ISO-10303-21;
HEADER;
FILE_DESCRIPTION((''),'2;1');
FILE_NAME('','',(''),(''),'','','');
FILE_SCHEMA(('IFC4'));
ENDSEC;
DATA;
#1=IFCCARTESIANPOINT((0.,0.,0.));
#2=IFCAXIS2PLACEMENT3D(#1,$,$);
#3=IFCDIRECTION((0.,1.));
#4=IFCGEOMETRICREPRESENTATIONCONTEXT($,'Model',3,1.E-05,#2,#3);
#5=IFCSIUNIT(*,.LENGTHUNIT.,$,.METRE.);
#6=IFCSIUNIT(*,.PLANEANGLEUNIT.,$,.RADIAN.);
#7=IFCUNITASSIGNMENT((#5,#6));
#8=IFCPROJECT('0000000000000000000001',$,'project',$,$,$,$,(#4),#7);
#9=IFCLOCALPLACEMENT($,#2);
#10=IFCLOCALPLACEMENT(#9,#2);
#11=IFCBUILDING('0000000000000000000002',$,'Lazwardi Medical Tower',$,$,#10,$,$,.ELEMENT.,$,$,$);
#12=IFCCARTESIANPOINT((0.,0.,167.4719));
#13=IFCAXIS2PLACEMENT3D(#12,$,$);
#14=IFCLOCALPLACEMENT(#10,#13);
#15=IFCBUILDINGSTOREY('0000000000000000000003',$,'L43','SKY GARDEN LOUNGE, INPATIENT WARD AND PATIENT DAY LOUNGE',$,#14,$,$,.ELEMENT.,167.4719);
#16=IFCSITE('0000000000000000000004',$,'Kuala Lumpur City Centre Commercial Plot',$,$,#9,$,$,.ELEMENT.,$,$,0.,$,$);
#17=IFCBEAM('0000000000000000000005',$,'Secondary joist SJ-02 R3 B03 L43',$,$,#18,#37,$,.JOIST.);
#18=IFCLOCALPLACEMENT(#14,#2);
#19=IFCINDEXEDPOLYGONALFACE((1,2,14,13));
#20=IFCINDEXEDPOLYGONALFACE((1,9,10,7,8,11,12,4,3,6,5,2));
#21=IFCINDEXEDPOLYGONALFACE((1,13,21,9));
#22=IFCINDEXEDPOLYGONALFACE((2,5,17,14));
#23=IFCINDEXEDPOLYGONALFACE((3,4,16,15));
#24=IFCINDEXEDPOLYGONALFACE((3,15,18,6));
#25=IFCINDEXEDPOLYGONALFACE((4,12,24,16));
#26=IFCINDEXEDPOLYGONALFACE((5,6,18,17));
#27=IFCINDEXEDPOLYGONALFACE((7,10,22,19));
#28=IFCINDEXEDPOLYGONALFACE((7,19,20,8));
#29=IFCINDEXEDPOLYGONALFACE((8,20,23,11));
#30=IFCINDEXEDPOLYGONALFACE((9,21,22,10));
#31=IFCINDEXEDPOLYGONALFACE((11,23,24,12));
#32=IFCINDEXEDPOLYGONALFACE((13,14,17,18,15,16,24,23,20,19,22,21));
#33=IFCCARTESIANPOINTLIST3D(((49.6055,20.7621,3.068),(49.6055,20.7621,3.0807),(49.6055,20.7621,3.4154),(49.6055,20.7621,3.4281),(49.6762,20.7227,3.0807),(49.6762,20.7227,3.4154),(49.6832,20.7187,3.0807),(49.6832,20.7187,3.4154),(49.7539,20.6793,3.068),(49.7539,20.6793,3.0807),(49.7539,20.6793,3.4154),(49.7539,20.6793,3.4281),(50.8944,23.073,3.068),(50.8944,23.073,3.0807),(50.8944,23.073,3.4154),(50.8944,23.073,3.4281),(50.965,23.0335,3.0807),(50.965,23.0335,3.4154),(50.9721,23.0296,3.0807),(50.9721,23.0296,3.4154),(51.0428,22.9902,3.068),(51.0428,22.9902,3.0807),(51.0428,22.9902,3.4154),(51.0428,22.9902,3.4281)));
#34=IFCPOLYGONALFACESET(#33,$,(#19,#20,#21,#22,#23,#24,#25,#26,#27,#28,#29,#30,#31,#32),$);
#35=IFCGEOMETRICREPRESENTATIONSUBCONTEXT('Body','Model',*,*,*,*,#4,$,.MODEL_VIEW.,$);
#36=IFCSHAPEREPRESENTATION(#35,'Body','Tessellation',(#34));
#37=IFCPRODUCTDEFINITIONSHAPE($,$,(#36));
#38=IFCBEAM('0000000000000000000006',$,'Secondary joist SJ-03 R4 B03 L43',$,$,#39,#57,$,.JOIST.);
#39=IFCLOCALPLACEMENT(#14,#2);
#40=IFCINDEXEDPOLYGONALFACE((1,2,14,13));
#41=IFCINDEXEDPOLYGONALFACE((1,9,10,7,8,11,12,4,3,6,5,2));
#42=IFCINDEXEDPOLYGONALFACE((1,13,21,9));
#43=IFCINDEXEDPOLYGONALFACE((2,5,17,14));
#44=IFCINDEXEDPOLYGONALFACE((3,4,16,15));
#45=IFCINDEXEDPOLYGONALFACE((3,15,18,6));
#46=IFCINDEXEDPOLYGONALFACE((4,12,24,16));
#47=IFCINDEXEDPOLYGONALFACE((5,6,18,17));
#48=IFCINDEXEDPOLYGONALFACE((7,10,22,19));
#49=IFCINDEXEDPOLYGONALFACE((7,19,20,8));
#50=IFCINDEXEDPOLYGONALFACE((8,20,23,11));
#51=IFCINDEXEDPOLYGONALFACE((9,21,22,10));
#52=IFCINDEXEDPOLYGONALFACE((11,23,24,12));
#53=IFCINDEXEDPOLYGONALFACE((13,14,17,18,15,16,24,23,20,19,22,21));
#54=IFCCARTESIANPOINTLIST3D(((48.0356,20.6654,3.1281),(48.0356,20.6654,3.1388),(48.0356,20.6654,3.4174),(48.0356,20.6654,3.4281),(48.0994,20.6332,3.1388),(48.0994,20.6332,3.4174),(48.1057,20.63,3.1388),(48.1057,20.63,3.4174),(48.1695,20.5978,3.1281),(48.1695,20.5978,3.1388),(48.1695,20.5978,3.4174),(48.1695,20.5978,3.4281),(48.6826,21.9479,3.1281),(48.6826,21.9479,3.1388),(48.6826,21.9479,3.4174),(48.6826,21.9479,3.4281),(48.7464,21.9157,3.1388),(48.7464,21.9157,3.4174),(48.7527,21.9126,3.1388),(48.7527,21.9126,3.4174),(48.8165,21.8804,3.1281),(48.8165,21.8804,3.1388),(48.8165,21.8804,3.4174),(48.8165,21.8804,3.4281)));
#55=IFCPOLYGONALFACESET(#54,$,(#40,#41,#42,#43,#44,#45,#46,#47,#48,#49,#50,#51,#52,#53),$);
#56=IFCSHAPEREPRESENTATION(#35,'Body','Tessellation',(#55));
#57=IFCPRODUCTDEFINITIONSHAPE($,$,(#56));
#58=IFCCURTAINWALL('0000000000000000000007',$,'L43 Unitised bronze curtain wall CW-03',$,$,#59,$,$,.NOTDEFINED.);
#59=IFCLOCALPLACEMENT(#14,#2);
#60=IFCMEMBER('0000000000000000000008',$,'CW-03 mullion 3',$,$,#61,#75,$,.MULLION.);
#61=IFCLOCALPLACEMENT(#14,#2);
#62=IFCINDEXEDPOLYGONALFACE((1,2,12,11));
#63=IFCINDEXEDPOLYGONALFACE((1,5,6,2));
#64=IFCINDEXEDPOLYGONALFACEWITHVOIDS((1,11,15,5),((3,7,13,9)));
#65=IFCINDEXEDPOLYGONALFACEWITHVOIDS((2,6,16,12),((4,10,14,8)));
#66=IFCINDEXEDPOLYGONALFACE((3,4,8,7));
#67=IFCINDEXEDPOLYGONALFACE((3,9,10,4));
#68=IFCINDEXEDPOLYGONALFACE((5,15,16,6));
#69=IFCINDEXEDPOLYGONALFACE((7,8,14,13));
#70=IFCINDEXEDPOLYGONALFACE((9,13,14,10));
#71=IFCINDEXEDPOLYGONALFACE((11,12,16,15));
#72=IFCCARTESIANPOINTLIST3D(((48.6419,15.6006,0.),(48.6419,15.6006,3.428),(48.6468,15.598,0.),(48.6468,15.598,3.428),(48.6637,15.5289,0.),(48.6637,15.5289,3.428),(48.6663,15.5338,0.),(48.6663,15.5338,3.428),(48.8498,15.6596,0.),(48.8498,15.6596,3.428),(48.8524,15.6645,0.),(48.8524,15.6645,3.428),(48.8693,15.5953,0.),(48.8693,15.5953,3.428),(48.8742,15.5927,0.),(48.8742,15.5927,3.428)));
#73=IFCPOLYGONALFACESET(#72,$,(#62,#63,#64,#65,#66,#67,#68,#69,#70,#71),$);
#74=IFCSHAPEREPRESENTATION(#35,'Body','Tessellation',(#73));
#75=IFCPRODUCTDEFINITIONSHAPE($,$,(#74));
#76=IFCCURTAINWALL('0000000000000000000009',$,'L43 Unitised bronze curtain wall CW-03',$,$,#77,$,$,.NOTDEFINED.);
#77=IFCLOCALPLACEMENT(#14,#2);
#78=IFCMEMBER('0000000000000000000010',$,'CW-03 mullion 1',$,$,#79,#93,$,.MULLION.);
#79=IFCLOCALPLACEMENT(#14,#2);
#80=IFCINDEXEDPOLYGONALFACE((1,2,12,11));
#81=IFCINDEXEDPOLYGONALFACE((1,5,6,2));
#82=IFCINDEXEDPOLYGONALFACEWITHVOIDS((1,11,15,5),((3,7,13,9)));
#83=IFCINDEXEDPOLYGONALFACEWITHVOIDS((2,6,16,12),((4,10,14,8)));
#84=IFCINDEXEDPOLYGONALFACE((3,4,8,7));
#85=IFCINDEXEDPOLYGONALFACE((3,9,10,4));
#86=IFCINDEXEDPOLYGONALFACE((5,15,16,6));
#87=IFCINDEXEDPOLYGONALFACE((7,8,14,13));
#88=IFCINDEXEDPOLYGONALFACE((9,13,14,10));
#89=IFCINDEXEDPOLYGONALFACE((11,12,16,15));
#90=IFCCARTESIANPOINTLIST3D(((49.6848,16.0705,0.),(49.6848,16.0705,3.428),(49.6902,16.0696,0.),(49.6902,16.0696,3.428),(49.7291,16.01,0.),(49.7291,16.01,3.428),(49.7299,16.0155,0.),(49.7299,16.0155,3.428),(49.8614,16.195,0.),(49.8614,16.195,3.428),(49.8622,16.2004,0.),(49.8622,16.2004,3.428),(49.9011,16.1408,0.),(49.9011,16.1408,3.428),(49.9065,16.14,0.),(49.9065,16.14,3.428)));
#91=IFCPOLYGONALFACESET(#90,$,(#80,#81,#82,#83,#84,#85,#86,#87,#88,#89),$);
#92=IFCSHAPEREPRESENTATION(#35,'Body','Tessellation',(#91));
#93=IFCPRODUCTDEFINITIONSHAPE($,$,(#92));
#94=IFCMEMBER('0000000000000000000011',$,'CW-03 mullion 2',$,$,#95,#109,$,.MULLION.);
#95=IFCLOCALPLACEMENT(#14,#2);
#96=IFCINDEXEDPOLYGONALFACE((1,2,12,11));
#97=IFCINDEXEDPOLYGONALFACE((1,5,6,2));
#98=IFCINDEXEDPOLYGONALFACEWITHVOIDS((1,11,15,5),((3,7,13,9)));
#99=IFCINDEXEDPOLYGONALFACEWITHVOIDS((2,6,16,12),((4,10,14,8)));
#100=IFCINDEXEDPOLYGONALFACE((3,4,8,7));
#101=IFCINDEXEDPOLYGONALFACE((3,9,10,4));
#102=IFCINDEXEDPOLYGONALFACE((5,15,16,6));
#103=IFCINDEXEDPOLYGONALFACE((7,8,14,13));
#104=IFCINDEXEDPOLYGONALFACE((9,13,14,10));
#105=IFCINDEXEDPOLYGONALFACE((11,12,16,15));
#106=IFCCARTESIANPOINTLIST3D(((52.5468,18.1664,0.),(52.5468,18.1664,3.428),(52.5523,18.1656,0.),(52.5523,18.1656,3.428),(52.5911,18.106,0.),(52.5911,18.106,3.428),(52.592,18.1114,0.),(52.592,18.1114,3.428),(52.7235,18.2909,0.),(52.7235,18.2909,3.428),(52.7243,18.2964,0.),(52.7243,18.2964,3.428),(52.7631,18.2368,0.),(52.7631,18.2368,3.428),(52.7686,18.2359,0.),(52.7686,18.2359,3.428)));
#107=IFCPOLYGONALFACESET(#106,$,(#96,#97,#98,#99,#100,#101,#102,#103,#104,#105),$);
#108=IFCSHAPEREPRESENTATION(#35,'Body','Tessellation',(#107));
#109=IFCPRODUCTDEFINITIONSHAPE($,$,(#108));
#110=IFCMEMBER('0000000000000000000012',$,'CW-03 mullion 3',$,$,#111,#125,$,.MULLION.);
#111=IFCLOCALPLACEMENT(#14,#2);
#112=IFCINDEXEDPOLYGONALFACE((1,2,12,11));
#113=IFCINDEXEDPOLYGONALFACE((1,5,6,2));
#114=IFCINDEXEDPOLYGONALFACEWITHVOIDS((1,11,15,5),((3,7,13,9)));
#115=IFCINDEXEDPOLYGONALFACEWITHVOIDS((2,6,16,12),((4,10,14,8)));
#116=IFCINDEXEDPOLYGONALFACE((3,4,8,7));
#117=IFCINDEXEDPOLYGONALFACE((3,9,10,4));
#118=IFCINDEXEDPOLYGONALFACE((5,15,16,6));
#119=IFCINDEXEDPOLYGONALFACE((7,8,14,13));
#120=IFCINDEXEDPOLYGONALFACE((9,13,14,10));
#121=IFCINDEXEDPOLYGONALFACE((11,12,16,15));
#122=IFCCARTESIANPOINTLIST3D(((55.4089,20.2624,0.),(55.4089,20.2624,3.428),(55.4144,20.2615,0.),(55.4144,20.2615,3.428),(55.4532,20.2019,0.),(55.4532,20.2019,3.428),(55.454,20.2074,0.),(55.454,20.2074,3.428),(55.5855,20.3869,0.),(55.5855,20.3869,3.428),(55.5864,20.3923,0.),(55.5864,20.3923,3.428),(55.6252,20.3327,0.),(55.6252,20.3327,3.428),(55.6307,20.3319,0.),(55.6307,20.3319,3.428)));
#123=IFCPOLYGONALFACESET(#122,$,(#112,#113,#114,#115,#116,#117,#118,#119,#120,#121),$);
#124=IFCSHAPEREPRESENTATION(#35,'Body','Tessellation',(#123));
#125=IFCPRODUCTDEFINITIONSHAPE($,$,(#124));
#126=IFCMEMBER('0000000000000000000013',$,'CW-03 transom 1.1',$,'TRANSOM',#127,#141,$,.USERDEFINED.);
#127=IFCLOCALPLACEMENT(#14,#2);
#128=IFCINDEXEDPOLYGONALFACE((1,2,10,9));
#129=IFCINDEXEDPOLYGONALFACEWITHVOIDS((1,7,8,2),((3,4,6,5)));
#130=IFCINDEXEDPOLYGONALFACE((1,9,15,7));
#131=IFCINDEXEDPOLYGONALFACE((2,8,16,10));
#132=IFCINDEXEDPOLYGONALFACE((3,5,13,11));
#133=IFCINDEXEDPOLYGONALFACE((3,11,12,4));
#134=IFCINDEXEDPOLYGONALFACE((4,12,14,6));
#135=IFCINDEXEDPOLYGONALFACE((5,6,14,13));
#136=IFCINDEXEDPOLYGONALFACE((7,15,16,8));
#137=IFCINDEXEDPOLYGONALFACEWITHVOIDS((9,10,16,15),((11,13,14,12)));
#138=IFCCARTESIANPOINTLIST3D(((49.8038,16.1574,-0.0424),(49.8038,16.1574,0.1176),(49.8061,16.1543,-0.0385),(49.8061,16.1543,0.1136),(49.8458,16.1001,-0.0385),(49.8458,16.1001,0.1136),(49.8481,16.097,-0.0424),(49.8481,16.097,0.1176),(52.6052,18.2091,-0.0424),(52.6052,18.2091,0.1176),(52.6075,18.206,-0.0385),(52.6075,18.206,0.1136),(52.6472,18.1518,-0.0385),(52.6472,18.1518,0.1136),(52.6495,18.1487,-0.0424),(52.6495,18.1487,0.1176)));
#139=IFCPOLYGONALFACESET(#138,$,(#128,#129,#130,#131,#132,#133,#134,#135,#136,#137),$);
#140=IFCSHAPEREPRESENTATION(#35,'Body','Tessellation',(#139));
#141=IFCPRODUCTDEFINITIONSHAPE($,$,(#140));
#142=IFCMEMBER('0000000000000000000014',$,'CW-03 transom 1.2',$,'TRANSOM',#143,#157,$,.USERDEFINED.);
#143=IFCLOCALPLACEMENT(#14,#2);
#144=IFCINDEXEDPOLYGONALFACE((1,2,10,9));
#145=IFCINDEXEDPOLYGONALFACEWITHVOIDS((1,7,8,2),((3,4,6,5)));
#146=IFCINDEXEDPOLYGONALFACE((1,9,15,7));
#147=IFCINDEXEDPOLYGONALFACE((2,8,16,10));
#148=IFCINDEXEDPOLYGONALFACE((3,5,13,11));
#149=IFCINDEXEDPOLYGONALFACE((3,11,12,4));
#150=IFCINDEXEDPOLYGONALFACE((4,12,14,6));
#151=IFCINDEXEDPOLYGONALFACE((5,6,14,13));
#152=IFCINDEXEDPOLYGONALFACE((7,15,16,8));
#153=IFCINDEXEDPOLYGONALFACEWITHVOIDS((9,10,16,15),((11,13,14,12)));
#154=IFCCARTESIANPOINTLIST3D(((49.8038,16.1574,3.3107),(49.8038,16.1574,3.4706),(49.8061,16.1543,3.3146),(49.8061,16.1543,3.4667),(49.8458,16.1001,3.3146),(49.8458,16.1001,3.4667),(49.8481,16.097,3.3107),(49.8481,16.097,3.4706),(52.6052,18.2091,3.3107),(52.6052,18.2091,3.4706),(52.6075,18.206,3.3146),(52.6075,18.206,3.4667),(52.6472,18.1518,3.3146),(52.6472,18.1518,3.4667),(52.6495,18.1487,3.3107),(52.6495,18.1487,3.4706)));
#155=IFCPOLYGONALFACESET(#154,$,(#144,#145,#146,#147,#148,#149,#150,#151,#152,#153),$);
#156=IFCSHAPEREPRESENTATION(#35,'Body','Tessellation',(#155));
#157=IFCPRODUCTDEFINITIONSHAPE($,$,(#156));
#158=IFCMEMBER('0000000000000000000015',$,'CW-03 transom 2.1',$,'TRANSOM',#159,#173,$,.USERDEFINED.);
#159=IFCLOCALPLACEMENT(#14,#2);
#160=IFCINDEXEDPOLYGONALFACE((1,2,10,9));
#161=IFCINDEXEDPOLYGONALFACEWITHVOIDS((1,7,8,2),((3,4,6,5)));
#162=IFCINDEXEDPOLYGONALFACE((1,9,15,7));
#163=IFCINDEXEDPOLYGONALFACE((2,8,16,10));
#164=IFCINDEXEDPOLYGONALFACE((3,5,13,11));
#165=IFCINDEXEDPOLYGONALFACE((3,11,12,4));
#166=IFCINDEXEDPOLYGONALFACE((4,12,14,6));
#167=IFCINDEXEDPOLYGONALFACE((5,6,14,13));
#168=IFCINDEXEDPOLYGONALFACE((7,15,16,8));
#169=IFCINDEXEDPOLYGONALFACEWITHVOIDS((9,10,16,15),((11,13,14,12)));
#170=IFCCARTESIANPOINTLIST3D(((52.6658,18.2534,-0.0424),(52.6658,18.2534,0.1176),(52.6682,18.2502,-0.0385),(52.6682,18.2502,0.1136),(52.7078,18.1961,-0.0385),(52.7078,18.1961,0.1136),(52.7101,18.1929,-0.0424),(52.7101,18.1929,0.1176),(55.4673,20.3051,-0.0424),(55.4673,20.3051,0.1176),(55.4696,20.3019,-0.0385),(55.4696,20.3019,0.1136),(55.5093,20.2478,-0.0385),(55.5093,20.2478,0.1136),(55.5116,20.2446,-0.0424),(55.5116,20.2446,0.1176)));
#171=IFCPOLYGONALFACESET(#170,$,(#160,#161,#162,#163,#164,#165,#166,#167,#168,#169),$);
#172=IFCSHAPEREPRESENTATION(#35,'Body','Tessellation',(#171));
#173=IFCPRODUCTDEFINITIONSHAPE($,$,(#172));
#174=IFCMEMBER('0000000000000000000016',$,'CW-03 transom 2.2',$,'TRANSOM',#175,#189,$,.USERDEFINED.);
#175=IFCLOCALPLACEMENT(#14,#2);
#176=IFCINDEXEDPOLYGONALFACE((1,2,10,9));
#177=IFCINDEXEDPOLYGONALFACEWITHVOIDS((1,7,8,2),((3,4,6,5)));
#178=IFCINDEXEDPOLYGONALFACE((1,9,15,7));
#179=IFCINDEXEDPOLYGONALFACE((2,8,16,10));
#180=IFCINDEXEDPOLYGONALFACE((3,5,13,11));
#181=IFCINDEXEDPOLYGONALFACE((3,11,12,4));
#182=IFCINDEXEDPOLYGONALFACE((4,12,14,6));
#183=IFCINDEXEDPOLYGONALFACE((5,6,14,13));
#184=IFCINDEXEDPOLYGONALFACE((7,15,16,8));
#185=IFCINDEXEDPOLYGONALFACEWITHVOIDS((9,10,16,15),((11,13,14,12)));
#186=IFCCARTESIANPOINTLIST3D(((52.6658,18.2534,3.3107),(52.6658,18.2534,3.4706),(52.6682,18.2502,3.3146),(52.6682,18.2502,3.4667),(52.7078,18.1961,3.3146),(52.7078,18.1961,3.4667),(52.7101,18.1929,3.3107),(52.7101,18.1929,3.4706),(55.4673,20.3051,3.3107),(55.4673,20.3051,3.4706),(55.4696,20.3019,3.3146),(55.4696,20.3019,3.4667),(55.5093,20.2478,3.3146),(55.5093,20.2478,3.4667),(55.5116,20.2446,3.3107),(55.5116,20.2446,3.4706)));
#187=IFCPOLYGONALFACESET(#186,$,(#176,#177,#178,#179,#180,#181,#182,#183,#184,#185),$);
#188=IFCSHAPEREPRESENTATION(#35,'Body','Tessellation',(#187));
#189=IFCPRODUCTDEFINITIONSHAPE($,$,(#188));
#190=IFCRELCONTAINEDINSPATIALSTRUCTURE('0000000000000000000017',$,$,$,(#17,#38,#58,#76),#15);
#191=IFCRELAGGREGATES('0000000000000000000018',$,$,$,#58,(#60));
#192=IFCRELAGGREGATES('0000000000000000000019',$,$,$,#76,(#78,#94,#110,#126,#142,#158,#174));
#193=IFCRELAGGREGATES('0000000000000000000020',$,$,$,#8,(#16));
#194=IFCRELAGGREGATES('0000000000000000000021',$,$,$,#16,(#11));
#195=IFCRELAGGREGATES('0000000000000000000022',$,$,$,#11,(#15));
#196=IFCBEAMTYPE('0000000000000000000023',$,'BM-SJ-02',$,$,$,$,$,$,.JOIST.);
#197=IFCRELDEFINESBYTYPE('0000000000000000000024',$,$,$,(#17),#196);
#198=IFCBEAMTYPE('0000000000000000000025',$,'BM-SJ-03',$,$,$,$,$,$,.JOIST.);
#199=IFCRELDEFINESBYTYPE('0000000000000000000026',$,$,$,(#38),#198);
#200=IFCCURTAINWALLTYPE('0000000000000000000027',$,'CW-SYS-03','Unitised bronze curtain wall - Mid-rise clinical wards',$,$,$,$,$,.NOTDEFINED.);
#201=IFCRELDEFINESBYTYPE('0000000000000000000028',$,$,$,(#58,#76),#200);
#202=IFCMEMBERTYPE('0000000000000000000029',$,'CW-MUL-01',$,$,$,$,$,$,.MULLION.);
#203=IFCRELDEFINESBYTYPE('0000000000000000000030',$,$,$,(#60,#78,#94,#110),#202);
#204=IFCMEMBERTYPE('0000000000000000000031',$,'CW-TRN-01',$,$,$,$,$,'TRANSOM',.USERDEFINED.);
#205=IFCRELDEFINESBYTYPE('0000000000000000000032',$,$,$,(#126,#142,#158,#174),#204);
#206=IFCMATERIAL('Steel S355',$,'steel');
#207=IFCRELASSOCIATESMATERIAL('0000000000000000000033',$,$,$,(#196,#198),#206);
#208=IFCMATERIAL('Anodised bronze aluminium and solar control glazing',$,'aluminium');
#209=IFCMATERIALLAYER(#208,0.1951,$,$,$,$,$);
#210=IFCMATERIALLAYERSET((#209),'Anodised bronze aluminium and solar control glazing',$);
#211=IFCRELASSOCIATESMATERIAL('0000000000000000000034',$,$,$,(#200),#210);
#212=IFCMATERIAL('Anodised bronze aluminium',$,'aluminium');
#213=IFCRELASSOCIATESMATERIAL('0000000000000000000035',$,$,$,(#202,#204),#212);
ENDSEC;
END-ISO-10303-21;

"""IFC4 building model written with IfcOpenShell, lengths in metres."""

from ifc_helpers import new_model, si_unit, direction, frame, origin, origin_2d, place, context, subcontext, project, spatial, hollow_rectangle, i_section, extrude, material, layer, layer_set, material_profile, profile_set, type_object, element, aggregate, save


model = new_model("IFC4")

# Units and contexts
model_context = context("Model", 3, precision=1e-05, world=origin(), true_north=direction((0.0, 1.0)))
body_context = subcontext(model_context, "Body", "Model", "MODEL_VIEW")
ifc_project = project(units=[si_unit("LENGTHUNIT", "METRE"), si_unit("PLANEANGLEUNIT", "RADIAN")], contexts=[model_context])

# Site, building, storey
site_placement = place(None, origin())
site = spatial("IfcSite", under=ifc_project, at=site_placement, Name="Kuala Lumpur City Centre Commercial Plot", CompositionType="ELEMENT", RefElevation=0.0)
building_placement = place(site_placement, origin())
building = spatial("IfcBuilding", under=site, at=building_placement, Name="Lazwardi Medical Tower", CompositionType="ELEMENT")
storey_placement = place(building_placement, frame((0.0, 0.0, 167.4719)))
storey = spatial("IfcBuildingStorey", under=building, at=storey_placement, Name="L43", Description="SKY GARDEN LOUNGE, INPATIENT WARD AND PATIENT DAY LOUNGE", CompositionType="ELEMENT", Elevation=167.4719)

# Beams
ifc_material_1 = material(Name="Steel S355", Category="steel")
ifc_material_profile_1 = material_profile(ifc_material_1, i_section(OverallWidth=0.1699, OverallDepth=0.3601, WebThickness=0.0081, FlangeThickness=0.0127, at=origin_2d()), Name="IPE 360")
ifc_profile_set_1 = profile_set([ifc_material_profile_1], Name="Steel S355")
beam_type_1 = type_object("IfcBeamType", Name="BM-SJ-02", PredefinedType="JOIST", material=ifc_profile_set_1)
beam_1_placement = place(storey_placement, frame((49.6797, 20.7207, 3.248), z_axis=(0.487099, 0.873347, 0.0), x_axis=(-0.873347, 0.487099, 0.0)))
element("IfcBeam", 1, at=beam_1_placement, inside=storey, type_object=beam_type_1, Name="Secondary joist SJ-02 R3 B03 L43", PredefinedType="JOIST", context=body_context, shape_type="SweptSolid", body=[
    extrude(i_section(OverallWidth=0.1699, OverallDepth=0.3601, WebThickness=0.0081, FlangeThickness=0.0127, at=origin_2d()), origin(), (0.0, 0.0, 1.0), 2.646),
])
ifc_material_profile_2 = material_profile(ifc_material_1, i_section(OverallWidth=0.1499, OverallDepth=0.3, WebThickness=0.0071, FlangeThickness=0.0107, at=origin_2d()), Name="IPE 300")
ifc_profile_set_2 = profile_set([ifc_material_profile_2], Name="Steel S355")
beam_type_2 = type_object("IfcBeamType", Name="BM-SJ-03", PredefinedType="JOIST", material=ifc_profile_set_2)
beam_2_placement = place(storey_placement, frame((48.1025, 20.6316, 3.2781), z_axis=(0.450406, 0.892824, 0.0), x_axis=(-0.892824, 0.450406, 0.0)))
element("IfcBeam", 2, at=beam_2_placement, inside=storey, type_object=beam_type_2, Name="Secondary joist SJ-03 R4 B03 L43", PredefinedType="JOIST", context=body_context, shape_type="SweptSolid", body=[
    extrude(i_section(OverallWidth=0.1499, OverallDepth=0.3, WebThickness=0.0071, FlangeThickness=0.0107, at=origin_2d()), origin(), (0.0, 0.0, 1.0), 1.4365),
])

# Curtain wall, member
ifc_material_2 = material(Name="Anodised bronze aluminium and solar control glazing", Category="aluminium")
ifc_layer_1 = layer(ifc_material_2, 0.1951)
ifc_layer_set_1 = layer_set([ifc_layer_1], Name="Anodised bronze aluminium and solar control glazing")
curtain_wall_type = type_object("IfcCurtainWallType", Name="CW-SYS-03", Description="Unitised bronze curtain wall - Mid-rise clinical wards", PredefinedType="NOTDEFINED", material=ifc_layer_set_1)
curtain_wall_1_placement = place(storey_placement, origin())
curtain_wall_1 = element("IfcCurtainWall", 3, at=curtain_wall_1_placement, inside=storey, type_object=curtain_wall_type, Name="L43 Unitised bronze curtain wall CW-03", PredefinedType="NOTDEFINED")
ifc_material_3 = material(Name="Anodised bronze aluminium", Category="aluminium")
ifc_material_profile_3 = material_profile(ifc_material_3, hollow_rectangle(XDim=0.075, YDim=0.22, WallThickness=0.0039, at=origin_2d()), Name="ALU-MULLION 220x75x4")
ifc_profile_set_3 = profile_set([ifc_material_profile_3], Name="Anodised bronze aluminium")
member_type_1 = type_object("IfcMemberType", Name="CW-MUL-01", PredefinedType="MULLION", material=ifc_profile_set_3)
member_1_placement = place(storey_placement, frame((48.7581, 15.5967, 0.0), z_axis=(0.0, 0.0, 1.0), x_axis=(-0.290281, 0.956942, 0.0)))
member_1 = element("IfcMember", 4, at=member_1_placement, type_object=member_type_1, Name="CW-03 mullion 3", PredefinedType="MULLION", context=body_context, shape_type="SweptSolid", body=[
    extrude(hollow_rectangle(XDim=0.075, YDim=0.22, WallThickness=0.0039, at=origin_2d()), origin(), (0.0, 0.0, 1.0), 3.428),
])

# Curtain wall, members
curtain_wall_2_placement = place(storey_placement, origin())
curtain_wall_2 = element("IfcCurtainWall", 5, at=curtain_wall_2_placement, inside=storey, type_object=curtain_wall_type, Name="L43 Unitised bronze curtain wall CW-03", PredefinedType="NOTDEFINED")
member_2_placement = place(storey_placement, frame((49.7957, 16.1052, 0.0), z_axis=(0.0, 0.0, 1.0), x_axis=(-0.590834, 0.806793, 0.0)))
member_2 = element("IfcMember", 6, at=member_2_placement, type_object=member_type_1, Name="CW-03 mullion 1", PredefinedType="MULLION", context=body_context, shape_type="SweptSolid", body=[
    extrude(hollow_rectangle(XDim=0.075, YDim=0.22, WallThickness=0.0039, at=origin_2d()), origin(), (0.0, 0.0, 1.0), 3.428),
])
member_3_placement = place(storey_placement, frame((52.6577, 18.2012, 0.0), z_axis=(0.0, 0.0, 1.0), x_axis=(-0.590834, 0.806793, 0.0)))
member_3 = element("IfcMember", 7, at=member_3_placement, type_object=member_type_1, Name="CW-03 mullion 2", PredefinedType="MULLION", context=body_context, shape_type="SweptSolid", body=[
    extrude(hollow_rectangle(XDim=0.075, YDim=0.22, WallThickness=0.0039, at=origin_2d()), origin(), (0.0, 0.0, 1.0), 3.428),
])
member_4_placement = place(storey_placement, frame((55.5198, 20.2971, 0.0), z_axis=(0.0, 0.0, 1.0), x_axis=(-0.590834, 0.806793, 0.0)))
member_4 = element("IfcMember", 8, at=member_4_placement, type_object=member_type_1, Name="CW-03 mullion 3", PredefinedType="MULLION", context=body_context, shape_type="SweptSolid", body=[
    extrude(hollow_rectangle(XDim=0.075, YDim=0.22, WallThickness=0.0039, at=origin_2d()), origin(), (0.0, 0.0, 1.0), 3.428),
])
ifc_material_profile_4 = material_profile(ifc_material_3, hollow_rectangle(XDim=0.075, YDim=0.1599, WallThickness=0.0039, at=origin_2d()), Name="ALU-TRANSOM 160x75x4")
ifc_profile_set_4 = profile_set([ifc_material_profile_4], Name="Anodised bronze aluminium")
member_type_2 = type_object("IfcMemberType", Name="CW-TRN-01", ElementType="TRANSOM", PredefinedType="USERDEFINED", material=ifc_profile_set_4)
member_5_placement = place(storey_placement, frame((49.8259, 16.1272, 0.0376), z_axis=(0.806774, 0.590861, 0.0), x_axis=(-0.590861, 0.806774, 0.0)))
member_5 = element("IfcMember", 9, at=member_5_placement, type_object=member_type_2, Name="CW-03 transom 1.1", ObjectType="TRANSOM", PredefinedType="USERDEFINED", context=body_context, shape_type="SweptSolid", body=[
    extrude(hollow_rectangle(XDim=0.075, YDim=0.1599, WallThickness=0.0039, at=origin_2d()), origin(), (0.0, 0.0, 1.0), 3.4724),
])
member_6_placement = place(storey_placement, frame((49.8259, 16.1272, 3.3906), z_axis=(0.806774, 0.590861, 0.0), x_axis=(-0.590861, 0.806774, 0.0)))
member_6 = element("IfcMember", 10, at=member_6_placement, type_object=member_type_2, Name="CW-03 transom 1.2", ObjectType="TRANSOM", PredefinedType="USERDEFINED", context=body_context, shape_type="SweptSolid", body=[
    extrude(hollow_rectangle(XDim=0.075, YDim=0.1599, WallThickness=0.0039, at=origin_2d()), origin(), (0.0, 0.0, 1.0), 3.4724),
])
member_7_placement = place(storey_placement, frame((52.688, 18.2231, 0.0376), z_axis=(0.806774, 0.590861, 0.0), x_axis=(-0.590861, 0.806774, 0.0)))
member_7 = element("IfcMember", 11, at=member_7_placement, type_object=member_type_2, Name="CW-03 transom 2.1", ObjectType="TRANSOM", PredefinedType="USERDEFINED", context=body_context, shape_type="SweptSolid", body=[
    extrude(hollow_rectangle(XDim=0.075, YDim=0.1599, WallThickness=0.0039, at=origin_2d()), origin(), (0.0, 0.0, 1.0), 3.4724),
])
member_8_placement = place(storey_placement, frame((52.688, 18.2231, 3.3906), z_axis=(0.806774, 0.590861, 0.0), x_axis=(-0.590861, 0.806774, 0.0)))
member_8 = element("IfcMember", 12, at=member_8_placement, type_object=member_type_2, Name="CW-03 transom 2.2", ObjectType="TRANSOM", PredefinedType="USERDEFINED", context=body_context, shape_type="SweptSolid", body=[
    extrude(hollow_rectangle(XDim=0.075, YDim=0.1599, WallThickness=0.0039, at=origin_2d()), origin(), (0.0, 0.0, 1.0), 3.4724),
])

aggregate(curtain_wall_1, [member_1])
aggregate(curtain_wall_2, [member_2, member_3, member_4, member_5, member_6, member_7, member_8])

save(model, "model.ifc")
